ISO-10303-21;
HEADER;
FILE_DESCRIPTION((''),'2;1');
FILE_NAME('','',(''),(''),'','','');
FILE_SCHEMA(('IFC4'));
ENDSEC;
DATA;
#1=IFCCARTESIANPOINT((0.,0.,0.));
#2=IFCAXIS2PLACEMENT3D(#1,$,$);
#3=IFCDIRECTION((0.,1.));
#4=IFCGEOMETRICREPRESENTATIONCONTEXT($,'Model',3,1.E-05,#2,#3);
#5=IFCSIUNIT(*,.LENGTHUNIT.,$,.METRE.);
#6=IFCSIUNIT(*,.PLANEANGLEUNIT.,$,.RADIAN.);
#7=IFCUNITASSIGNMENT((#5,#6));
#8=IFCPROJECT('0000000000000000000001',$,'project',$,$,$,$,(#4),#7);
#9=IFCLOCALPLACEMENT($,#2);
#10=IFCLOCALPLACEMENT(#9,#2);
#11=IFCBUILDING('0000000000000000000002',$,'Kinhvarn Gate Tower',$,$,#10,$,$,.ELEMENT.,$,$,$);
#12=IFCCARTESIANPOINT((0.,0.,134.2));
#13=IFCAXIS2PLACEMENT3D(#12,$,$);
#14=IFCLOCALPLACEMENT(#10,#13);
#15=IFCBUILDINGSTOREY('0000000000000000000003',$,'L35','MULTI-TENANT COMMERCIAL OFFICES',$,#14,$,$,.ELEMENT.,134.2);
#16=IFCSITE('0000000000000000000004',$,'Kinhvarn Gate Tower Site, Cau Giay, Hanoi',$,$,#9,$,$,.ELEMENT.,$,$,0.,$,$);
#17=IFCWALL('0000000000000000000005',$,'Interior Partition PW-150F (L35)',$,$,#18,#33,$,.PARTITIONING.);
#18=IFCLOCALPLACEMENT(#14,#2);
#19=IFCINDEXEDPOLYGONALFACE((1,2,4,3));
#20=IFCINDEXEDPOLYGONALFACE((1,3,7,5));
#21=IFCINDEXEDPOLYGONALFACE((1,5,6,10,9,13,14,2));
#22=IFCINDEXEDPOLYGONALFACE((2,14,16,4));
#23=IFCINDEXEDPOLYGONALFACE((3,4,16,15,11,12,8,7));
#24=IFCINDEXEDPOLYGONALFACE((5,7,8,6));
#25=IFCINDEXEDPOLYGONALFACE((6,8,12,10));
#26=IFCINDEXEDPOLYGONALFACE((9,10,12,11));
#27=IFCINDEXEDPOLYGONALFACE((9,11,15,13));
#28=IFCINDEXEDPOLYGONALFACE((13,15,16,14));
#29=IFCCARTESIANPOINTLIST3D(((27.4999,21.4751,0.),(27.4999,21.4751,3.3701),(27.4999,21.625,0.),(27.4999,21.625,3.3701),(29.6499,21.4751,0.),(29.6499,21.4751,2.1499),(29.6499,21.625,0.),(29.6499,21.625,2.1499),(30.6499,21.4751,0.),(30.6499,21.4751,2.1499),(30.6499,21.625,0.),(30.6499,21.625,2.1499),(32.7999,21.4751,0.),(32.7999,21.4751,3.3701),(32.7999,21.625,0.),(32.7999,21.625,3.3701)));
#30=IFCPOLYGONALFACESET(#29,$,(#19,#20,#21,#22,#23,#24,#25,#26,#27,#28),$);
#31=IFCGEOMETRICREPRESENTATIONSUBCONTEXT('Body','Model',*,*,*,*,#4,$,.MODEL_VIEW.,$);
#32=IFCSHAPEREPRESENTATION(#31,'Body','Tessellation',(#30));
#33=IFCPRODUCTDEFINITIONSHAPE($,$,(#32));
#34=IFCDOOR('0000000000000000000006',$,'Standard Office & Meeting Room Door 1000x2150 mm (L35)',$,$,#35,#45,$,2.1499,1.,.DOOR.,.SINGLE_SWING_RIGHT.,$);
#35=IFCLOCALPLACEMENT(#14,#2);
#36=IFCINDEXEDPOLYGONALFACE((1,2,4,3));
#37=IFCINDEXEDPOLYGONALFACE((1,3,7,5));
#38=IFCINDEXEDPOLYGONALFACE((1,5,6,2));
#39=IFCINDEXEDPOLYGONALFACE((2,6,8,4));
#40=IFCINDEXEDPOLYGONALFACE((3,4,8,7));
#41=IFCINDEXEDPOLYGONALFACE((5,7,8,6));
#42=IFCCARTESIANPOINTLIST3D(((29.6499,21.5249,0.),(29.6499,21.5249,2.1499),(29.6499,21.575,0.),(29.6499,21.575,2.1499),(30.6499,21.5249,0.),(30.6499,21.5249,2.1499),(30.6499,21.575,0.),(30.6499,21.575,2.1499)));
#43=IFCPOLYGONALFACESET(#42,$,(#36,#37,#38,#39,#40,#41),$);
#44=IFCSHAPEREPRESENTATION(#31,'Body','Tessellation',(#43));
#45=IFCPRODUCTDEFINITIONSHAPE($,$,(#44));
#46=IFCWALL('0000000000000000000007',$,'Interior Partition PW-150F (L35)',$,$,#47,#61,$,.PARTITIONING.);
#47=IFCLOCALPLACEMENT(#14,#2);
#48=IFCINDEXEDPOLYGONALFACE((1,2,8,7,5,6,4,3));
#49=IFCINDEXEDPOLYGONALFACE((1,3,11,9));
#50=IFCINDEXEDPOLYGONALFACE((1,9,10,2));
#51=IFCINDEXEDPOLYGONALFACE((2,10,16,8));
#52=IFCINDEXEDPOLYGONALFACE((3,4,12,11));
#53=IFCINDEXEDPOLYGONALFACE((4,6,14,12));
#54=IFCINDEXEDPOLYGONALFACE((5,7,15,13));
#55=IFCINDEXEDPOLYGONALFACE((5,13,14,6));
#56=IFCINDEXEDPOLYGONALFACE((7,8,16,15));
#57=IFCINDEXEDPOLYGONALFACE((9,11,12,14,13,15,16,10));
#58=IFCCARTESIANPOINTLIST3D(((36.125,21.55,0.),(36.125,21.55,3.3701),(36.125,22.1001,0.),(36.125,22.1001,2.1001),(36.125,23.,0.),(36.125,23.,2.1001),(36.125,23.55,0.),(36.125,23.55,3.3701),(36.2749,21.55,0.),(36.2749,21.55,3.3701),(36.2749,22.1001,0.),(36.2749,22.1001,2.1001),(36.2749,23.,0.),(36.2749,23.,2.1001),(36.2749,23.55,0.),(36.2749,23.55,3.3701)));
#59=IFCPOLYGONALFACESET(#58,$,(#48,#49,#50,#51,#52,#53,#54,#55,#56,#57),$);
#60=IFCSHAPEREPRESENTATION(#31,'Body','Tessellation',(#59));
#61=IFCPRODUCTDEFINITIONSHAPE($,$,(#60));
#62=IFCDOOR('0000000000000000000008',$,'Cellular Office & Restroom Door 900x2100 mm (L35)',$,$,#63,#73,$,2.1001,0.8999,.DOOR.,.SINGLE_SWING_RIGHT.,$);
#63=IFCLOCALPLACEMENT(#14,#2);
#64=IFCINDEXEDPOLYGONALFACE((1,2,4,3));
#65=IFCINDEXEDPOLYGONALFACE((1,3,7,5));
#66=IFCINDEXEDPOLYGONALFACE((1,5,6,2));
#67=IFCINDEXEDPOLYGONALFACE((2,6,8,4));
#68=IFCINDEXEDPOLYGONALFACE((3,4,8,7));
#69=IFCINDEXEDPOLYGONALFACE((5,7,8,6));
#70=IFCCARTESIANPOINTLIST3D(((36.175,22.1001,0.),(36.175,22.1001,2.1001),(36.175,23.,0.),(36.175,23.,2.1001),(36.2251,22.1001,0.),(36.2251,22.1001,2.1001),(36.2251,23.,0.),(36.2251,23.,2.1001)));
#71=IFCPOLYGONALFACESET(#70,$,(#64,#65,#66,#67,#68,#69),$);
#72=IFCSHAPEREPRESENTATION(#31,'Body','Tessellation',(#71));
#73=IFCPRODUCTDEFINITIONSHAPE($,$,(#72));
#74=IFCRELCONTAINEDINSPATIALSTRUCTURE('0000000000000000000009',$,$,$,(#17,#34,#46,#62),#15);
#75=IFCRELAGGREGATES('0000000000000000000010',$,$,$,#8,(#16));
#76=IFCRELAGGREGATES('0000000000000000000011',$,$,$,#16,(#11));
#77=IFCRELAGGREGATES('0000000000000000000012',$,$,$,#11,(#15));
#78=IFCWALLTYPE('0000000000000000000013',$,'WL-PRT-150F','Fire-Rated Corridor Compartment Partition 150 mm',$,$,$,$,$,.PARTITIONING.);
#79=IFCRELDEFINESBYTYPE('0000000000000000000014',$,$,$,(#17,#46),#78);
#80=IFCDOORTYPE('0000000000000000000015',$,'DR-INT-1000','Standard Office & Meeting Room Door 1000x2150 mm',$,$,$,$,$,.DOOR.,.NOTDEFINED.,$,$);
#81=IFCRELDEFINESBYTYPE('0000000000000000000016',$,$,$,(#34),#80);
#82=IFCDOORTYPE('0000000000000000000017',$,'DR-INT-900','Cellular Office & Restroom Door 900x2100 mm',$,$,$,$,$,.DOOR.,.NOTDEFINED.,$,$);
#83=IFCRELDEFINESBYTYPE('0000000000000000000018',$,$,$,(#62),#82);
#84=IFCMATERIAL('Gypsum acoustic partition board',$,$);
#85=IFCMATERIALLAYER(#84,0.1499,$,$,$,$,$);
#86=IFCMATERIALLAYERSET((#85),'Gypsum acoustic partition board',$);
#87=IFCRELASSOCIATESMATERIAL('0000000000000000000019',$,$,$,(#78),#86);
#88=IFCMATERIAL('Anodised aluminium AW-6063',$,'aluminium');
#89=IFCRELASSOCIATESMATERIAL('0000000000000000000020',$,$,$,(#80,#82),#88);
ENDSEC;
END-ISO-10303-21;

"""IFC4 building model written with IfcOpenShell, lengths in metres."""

from ifc_helpers import new_model, si_unit, direction, frame, frame_2d, origin, place, context, subcontext, project, spatial, rectangle, extrude, material, layer, layer_set, type_object, element, fill, save


model = new_model("IFC4")

# Units and contexts
model_context = context("Model", 3, precision=1e-05, world=origin(), true_north=direction((0.0, 1.0)))
body_context = subcontext(model_context, "Body", "Model", "MODEL_VIEW")
ifc_project = project(units=[si_unit("LENGTHUNIT", "METRE"), si_unit("PLANEANGLEUNIT", "RADIAN")], contexts=[model_context])

# Site, building, storey
site_placement = place(None, origin())
site = spatial("IfcSite", under=ifc_project, at=site_placement, Name="Kinhvarn Gate Tower Site, Cau Giay, Hanoi", CompositionType="ELEMENT", RefElevation=0.0)
building_placement = place(site_placement, origin())
building = spatial("IfcBuilding", under=site, at=building_placement, Name="Kinhvarn Gate Tower", CompositionType="ELEMENT")
storey_placement = place(building_placement, frame((0.0, 0.0, 134.2)))
storey = spatial("IfcBuildingStorey", under=building, at=storey_placement, Name="L35", Description="MULTI-TENANT COMMERCIAL OFFICES", CompositionType="ELEMENT", Elevation=134.2)

# Shared definitions
ifc_material_1 = material(Name="Gypsum acoustic partition board")

# Walls, openings, doors
ifc_layer_1 = layer(ifc_material_1, 0.1499)
ifc_layer_set_1 = layer_set([ifc_layer_1], Name="Gypsum acoustic partition board")
wall_type_1 = type_object("IfcWallType", Name="WL-PRT-150F", Description="Fire-Rated Corridor Compartment Partition 150 mm", PredefinedType="PARTITIONING", material=ifc_layer_set_1)
wall_1_placement = place(storey_placement, frame((27.5, 21.55, 0.0), z_axis=(0.0, 0.0, 1.0), x_axis=(1.0, 0.0, 0.0)))
wall_1 = element("IfcWall", 1, at=wall_1_placement, inside=storey, type_object=wall_type_1, Name="Interior Partition PW-150F (L35)", PredefinedType="PARTITIONING", context=body_context, shape_type="SweptSolid", body=[
    extrude(rectangle(XDim=5.3, YDim=0.1499, at=frame_2d((2.6499, 0.0))), origin(), (0.0, 0.0, 1.0), 3.3701),
])
opening_1_placement = place(wall_1_placement, frame((2.1499, 0.0, 0.0)))
opening_1 = element("IfcOpeningElement", 2, at=opening_1_placement, cuts=wall_1, PredefinedType="OPENING", context=body_context, shape_type="SweptSolid", body=[
    extrude(rectangle(XDim=1.0, YDim=2.1499, at=frame_2d((0.5, 1.075))), frame((0.0, 0.085, 0.0), z_axis=(0.0, -1.0, 0.0), x_axis=(1.0, 0.0, 0.0)), (0.0, 0.0, 1.0), 0.1699),
])
ifc_material_2 = material(Name="Anodised aluminium AW-6063", Category="aluminium")
door_type_1 = type_object("IfcDoorType", Name="DR-INT-1000", Description="Standard Office & Meeting Room Door 1000x2150 mm", OperationType="NOTDEFINED", PredefinedType="DOOR", material=ifc_material_2)
door_1_placement = place(opening_1_placement, origin())
door_1 = element("IfcDoor", 3, at=door_1_placement, inside=storey, type_object=door_type_1, Name="Standard Office & Meeting Room Door 1000x2150 mm (L35)", OperationType="SINGLE_SWING_RIGHT", OverallHeight=2.1499, OverallWidth=1.0, PredefinedType="DOOR", context=body_context, shape_type="SweptSolid", body=[
    extrude(rectangle(XDim=1.0, YDim=2.1499, at=frame_2d((0.5, 1.075))), frame((0.0, 0.0249, 0.0), z_axis=(0.0, -1.0, 0.0), x_axis=(1.0, 0.0, 0.0)), (0.0, 0.0, 1.0), 0.05),
])
fill(opening_1, door_1)
wall_2_placement = place(storey_placement, frame((36.2, 21.55, 0.0), z_axis=(0.0, 0.0, 1.0), x_axis=(0.0, 1.0, 0.0)))
wall_2 = element("IfcWall", 4, at=wall_2_placement, inside=storey, type_object=wall_type_1, Name="Interior Partition PW-150F (L35)", PredefinedType="PARTITIONING", context=body_context, shape_type="SweptSolid", body=[
    extrude(rectangle(XDim=2.0, YDim=0.1499, at=frame_2d((1.0, 0.0))), origin(), (0.0, 0.0, 1.0), 3.3701),
])
opening_2_placement = place(wall_2_placement, frame((0.55, 0.0, 0.0)))
opening_2 = element("IfcOpeningElement", 5, at=opening_2_placement, cuts=wall_2, PredefinedType="OPENING", context=body_context, shape_type="SweptSolid", body=[
    extrude(rectangle(XDim=0.8999, YDim=2.1001, at=frame_2d((0.45, 1.05))), frame((0.0, 0.085, 0.0), z_axis=(0.0, -1.0, 0.0), x_axis=(1.0, 0.0, 0.0)), (0.0, 0.0, 1.0), 0.1699),
])
door_type_2 = type_object("IfcDoorType", Name="DR-INT-900", Description="Cellular Office & Restroom Door 900x2100 mm", OperationType="NOTDEFINED", PredefinedType="DOOR", material=ifc_material_2)
door_2_placement = place(opening_2_placement, origin())
door_2 = element("IfcDoor", 6, at=door_2_placement, inside=storey, type_object=door_type_2, Name="Cellular Office & Restroom Door 900x2100 mm (L35)", OperationType="SINGLE_SWING_RIGHT", OverallHeight=2.1001, OverallWidth=0.8999, PredefinedType="DOOR", context=body_context, shape_type="SweptSolid", body=[
    extrude(rectangle(XDim=0.8999, YDim=2.1001, at=frame_2d((0.45, 1.05))), frame((0.0, 0.0249, 0.0), z_axis=(0.0, -1.0, 0.0), x_axis=(1.0, 0.0, 0.0)), (0.0, 0.0, 1.0), 0.05),
])
fill(opening_2, door_2)

save(model, "model.ifc")
